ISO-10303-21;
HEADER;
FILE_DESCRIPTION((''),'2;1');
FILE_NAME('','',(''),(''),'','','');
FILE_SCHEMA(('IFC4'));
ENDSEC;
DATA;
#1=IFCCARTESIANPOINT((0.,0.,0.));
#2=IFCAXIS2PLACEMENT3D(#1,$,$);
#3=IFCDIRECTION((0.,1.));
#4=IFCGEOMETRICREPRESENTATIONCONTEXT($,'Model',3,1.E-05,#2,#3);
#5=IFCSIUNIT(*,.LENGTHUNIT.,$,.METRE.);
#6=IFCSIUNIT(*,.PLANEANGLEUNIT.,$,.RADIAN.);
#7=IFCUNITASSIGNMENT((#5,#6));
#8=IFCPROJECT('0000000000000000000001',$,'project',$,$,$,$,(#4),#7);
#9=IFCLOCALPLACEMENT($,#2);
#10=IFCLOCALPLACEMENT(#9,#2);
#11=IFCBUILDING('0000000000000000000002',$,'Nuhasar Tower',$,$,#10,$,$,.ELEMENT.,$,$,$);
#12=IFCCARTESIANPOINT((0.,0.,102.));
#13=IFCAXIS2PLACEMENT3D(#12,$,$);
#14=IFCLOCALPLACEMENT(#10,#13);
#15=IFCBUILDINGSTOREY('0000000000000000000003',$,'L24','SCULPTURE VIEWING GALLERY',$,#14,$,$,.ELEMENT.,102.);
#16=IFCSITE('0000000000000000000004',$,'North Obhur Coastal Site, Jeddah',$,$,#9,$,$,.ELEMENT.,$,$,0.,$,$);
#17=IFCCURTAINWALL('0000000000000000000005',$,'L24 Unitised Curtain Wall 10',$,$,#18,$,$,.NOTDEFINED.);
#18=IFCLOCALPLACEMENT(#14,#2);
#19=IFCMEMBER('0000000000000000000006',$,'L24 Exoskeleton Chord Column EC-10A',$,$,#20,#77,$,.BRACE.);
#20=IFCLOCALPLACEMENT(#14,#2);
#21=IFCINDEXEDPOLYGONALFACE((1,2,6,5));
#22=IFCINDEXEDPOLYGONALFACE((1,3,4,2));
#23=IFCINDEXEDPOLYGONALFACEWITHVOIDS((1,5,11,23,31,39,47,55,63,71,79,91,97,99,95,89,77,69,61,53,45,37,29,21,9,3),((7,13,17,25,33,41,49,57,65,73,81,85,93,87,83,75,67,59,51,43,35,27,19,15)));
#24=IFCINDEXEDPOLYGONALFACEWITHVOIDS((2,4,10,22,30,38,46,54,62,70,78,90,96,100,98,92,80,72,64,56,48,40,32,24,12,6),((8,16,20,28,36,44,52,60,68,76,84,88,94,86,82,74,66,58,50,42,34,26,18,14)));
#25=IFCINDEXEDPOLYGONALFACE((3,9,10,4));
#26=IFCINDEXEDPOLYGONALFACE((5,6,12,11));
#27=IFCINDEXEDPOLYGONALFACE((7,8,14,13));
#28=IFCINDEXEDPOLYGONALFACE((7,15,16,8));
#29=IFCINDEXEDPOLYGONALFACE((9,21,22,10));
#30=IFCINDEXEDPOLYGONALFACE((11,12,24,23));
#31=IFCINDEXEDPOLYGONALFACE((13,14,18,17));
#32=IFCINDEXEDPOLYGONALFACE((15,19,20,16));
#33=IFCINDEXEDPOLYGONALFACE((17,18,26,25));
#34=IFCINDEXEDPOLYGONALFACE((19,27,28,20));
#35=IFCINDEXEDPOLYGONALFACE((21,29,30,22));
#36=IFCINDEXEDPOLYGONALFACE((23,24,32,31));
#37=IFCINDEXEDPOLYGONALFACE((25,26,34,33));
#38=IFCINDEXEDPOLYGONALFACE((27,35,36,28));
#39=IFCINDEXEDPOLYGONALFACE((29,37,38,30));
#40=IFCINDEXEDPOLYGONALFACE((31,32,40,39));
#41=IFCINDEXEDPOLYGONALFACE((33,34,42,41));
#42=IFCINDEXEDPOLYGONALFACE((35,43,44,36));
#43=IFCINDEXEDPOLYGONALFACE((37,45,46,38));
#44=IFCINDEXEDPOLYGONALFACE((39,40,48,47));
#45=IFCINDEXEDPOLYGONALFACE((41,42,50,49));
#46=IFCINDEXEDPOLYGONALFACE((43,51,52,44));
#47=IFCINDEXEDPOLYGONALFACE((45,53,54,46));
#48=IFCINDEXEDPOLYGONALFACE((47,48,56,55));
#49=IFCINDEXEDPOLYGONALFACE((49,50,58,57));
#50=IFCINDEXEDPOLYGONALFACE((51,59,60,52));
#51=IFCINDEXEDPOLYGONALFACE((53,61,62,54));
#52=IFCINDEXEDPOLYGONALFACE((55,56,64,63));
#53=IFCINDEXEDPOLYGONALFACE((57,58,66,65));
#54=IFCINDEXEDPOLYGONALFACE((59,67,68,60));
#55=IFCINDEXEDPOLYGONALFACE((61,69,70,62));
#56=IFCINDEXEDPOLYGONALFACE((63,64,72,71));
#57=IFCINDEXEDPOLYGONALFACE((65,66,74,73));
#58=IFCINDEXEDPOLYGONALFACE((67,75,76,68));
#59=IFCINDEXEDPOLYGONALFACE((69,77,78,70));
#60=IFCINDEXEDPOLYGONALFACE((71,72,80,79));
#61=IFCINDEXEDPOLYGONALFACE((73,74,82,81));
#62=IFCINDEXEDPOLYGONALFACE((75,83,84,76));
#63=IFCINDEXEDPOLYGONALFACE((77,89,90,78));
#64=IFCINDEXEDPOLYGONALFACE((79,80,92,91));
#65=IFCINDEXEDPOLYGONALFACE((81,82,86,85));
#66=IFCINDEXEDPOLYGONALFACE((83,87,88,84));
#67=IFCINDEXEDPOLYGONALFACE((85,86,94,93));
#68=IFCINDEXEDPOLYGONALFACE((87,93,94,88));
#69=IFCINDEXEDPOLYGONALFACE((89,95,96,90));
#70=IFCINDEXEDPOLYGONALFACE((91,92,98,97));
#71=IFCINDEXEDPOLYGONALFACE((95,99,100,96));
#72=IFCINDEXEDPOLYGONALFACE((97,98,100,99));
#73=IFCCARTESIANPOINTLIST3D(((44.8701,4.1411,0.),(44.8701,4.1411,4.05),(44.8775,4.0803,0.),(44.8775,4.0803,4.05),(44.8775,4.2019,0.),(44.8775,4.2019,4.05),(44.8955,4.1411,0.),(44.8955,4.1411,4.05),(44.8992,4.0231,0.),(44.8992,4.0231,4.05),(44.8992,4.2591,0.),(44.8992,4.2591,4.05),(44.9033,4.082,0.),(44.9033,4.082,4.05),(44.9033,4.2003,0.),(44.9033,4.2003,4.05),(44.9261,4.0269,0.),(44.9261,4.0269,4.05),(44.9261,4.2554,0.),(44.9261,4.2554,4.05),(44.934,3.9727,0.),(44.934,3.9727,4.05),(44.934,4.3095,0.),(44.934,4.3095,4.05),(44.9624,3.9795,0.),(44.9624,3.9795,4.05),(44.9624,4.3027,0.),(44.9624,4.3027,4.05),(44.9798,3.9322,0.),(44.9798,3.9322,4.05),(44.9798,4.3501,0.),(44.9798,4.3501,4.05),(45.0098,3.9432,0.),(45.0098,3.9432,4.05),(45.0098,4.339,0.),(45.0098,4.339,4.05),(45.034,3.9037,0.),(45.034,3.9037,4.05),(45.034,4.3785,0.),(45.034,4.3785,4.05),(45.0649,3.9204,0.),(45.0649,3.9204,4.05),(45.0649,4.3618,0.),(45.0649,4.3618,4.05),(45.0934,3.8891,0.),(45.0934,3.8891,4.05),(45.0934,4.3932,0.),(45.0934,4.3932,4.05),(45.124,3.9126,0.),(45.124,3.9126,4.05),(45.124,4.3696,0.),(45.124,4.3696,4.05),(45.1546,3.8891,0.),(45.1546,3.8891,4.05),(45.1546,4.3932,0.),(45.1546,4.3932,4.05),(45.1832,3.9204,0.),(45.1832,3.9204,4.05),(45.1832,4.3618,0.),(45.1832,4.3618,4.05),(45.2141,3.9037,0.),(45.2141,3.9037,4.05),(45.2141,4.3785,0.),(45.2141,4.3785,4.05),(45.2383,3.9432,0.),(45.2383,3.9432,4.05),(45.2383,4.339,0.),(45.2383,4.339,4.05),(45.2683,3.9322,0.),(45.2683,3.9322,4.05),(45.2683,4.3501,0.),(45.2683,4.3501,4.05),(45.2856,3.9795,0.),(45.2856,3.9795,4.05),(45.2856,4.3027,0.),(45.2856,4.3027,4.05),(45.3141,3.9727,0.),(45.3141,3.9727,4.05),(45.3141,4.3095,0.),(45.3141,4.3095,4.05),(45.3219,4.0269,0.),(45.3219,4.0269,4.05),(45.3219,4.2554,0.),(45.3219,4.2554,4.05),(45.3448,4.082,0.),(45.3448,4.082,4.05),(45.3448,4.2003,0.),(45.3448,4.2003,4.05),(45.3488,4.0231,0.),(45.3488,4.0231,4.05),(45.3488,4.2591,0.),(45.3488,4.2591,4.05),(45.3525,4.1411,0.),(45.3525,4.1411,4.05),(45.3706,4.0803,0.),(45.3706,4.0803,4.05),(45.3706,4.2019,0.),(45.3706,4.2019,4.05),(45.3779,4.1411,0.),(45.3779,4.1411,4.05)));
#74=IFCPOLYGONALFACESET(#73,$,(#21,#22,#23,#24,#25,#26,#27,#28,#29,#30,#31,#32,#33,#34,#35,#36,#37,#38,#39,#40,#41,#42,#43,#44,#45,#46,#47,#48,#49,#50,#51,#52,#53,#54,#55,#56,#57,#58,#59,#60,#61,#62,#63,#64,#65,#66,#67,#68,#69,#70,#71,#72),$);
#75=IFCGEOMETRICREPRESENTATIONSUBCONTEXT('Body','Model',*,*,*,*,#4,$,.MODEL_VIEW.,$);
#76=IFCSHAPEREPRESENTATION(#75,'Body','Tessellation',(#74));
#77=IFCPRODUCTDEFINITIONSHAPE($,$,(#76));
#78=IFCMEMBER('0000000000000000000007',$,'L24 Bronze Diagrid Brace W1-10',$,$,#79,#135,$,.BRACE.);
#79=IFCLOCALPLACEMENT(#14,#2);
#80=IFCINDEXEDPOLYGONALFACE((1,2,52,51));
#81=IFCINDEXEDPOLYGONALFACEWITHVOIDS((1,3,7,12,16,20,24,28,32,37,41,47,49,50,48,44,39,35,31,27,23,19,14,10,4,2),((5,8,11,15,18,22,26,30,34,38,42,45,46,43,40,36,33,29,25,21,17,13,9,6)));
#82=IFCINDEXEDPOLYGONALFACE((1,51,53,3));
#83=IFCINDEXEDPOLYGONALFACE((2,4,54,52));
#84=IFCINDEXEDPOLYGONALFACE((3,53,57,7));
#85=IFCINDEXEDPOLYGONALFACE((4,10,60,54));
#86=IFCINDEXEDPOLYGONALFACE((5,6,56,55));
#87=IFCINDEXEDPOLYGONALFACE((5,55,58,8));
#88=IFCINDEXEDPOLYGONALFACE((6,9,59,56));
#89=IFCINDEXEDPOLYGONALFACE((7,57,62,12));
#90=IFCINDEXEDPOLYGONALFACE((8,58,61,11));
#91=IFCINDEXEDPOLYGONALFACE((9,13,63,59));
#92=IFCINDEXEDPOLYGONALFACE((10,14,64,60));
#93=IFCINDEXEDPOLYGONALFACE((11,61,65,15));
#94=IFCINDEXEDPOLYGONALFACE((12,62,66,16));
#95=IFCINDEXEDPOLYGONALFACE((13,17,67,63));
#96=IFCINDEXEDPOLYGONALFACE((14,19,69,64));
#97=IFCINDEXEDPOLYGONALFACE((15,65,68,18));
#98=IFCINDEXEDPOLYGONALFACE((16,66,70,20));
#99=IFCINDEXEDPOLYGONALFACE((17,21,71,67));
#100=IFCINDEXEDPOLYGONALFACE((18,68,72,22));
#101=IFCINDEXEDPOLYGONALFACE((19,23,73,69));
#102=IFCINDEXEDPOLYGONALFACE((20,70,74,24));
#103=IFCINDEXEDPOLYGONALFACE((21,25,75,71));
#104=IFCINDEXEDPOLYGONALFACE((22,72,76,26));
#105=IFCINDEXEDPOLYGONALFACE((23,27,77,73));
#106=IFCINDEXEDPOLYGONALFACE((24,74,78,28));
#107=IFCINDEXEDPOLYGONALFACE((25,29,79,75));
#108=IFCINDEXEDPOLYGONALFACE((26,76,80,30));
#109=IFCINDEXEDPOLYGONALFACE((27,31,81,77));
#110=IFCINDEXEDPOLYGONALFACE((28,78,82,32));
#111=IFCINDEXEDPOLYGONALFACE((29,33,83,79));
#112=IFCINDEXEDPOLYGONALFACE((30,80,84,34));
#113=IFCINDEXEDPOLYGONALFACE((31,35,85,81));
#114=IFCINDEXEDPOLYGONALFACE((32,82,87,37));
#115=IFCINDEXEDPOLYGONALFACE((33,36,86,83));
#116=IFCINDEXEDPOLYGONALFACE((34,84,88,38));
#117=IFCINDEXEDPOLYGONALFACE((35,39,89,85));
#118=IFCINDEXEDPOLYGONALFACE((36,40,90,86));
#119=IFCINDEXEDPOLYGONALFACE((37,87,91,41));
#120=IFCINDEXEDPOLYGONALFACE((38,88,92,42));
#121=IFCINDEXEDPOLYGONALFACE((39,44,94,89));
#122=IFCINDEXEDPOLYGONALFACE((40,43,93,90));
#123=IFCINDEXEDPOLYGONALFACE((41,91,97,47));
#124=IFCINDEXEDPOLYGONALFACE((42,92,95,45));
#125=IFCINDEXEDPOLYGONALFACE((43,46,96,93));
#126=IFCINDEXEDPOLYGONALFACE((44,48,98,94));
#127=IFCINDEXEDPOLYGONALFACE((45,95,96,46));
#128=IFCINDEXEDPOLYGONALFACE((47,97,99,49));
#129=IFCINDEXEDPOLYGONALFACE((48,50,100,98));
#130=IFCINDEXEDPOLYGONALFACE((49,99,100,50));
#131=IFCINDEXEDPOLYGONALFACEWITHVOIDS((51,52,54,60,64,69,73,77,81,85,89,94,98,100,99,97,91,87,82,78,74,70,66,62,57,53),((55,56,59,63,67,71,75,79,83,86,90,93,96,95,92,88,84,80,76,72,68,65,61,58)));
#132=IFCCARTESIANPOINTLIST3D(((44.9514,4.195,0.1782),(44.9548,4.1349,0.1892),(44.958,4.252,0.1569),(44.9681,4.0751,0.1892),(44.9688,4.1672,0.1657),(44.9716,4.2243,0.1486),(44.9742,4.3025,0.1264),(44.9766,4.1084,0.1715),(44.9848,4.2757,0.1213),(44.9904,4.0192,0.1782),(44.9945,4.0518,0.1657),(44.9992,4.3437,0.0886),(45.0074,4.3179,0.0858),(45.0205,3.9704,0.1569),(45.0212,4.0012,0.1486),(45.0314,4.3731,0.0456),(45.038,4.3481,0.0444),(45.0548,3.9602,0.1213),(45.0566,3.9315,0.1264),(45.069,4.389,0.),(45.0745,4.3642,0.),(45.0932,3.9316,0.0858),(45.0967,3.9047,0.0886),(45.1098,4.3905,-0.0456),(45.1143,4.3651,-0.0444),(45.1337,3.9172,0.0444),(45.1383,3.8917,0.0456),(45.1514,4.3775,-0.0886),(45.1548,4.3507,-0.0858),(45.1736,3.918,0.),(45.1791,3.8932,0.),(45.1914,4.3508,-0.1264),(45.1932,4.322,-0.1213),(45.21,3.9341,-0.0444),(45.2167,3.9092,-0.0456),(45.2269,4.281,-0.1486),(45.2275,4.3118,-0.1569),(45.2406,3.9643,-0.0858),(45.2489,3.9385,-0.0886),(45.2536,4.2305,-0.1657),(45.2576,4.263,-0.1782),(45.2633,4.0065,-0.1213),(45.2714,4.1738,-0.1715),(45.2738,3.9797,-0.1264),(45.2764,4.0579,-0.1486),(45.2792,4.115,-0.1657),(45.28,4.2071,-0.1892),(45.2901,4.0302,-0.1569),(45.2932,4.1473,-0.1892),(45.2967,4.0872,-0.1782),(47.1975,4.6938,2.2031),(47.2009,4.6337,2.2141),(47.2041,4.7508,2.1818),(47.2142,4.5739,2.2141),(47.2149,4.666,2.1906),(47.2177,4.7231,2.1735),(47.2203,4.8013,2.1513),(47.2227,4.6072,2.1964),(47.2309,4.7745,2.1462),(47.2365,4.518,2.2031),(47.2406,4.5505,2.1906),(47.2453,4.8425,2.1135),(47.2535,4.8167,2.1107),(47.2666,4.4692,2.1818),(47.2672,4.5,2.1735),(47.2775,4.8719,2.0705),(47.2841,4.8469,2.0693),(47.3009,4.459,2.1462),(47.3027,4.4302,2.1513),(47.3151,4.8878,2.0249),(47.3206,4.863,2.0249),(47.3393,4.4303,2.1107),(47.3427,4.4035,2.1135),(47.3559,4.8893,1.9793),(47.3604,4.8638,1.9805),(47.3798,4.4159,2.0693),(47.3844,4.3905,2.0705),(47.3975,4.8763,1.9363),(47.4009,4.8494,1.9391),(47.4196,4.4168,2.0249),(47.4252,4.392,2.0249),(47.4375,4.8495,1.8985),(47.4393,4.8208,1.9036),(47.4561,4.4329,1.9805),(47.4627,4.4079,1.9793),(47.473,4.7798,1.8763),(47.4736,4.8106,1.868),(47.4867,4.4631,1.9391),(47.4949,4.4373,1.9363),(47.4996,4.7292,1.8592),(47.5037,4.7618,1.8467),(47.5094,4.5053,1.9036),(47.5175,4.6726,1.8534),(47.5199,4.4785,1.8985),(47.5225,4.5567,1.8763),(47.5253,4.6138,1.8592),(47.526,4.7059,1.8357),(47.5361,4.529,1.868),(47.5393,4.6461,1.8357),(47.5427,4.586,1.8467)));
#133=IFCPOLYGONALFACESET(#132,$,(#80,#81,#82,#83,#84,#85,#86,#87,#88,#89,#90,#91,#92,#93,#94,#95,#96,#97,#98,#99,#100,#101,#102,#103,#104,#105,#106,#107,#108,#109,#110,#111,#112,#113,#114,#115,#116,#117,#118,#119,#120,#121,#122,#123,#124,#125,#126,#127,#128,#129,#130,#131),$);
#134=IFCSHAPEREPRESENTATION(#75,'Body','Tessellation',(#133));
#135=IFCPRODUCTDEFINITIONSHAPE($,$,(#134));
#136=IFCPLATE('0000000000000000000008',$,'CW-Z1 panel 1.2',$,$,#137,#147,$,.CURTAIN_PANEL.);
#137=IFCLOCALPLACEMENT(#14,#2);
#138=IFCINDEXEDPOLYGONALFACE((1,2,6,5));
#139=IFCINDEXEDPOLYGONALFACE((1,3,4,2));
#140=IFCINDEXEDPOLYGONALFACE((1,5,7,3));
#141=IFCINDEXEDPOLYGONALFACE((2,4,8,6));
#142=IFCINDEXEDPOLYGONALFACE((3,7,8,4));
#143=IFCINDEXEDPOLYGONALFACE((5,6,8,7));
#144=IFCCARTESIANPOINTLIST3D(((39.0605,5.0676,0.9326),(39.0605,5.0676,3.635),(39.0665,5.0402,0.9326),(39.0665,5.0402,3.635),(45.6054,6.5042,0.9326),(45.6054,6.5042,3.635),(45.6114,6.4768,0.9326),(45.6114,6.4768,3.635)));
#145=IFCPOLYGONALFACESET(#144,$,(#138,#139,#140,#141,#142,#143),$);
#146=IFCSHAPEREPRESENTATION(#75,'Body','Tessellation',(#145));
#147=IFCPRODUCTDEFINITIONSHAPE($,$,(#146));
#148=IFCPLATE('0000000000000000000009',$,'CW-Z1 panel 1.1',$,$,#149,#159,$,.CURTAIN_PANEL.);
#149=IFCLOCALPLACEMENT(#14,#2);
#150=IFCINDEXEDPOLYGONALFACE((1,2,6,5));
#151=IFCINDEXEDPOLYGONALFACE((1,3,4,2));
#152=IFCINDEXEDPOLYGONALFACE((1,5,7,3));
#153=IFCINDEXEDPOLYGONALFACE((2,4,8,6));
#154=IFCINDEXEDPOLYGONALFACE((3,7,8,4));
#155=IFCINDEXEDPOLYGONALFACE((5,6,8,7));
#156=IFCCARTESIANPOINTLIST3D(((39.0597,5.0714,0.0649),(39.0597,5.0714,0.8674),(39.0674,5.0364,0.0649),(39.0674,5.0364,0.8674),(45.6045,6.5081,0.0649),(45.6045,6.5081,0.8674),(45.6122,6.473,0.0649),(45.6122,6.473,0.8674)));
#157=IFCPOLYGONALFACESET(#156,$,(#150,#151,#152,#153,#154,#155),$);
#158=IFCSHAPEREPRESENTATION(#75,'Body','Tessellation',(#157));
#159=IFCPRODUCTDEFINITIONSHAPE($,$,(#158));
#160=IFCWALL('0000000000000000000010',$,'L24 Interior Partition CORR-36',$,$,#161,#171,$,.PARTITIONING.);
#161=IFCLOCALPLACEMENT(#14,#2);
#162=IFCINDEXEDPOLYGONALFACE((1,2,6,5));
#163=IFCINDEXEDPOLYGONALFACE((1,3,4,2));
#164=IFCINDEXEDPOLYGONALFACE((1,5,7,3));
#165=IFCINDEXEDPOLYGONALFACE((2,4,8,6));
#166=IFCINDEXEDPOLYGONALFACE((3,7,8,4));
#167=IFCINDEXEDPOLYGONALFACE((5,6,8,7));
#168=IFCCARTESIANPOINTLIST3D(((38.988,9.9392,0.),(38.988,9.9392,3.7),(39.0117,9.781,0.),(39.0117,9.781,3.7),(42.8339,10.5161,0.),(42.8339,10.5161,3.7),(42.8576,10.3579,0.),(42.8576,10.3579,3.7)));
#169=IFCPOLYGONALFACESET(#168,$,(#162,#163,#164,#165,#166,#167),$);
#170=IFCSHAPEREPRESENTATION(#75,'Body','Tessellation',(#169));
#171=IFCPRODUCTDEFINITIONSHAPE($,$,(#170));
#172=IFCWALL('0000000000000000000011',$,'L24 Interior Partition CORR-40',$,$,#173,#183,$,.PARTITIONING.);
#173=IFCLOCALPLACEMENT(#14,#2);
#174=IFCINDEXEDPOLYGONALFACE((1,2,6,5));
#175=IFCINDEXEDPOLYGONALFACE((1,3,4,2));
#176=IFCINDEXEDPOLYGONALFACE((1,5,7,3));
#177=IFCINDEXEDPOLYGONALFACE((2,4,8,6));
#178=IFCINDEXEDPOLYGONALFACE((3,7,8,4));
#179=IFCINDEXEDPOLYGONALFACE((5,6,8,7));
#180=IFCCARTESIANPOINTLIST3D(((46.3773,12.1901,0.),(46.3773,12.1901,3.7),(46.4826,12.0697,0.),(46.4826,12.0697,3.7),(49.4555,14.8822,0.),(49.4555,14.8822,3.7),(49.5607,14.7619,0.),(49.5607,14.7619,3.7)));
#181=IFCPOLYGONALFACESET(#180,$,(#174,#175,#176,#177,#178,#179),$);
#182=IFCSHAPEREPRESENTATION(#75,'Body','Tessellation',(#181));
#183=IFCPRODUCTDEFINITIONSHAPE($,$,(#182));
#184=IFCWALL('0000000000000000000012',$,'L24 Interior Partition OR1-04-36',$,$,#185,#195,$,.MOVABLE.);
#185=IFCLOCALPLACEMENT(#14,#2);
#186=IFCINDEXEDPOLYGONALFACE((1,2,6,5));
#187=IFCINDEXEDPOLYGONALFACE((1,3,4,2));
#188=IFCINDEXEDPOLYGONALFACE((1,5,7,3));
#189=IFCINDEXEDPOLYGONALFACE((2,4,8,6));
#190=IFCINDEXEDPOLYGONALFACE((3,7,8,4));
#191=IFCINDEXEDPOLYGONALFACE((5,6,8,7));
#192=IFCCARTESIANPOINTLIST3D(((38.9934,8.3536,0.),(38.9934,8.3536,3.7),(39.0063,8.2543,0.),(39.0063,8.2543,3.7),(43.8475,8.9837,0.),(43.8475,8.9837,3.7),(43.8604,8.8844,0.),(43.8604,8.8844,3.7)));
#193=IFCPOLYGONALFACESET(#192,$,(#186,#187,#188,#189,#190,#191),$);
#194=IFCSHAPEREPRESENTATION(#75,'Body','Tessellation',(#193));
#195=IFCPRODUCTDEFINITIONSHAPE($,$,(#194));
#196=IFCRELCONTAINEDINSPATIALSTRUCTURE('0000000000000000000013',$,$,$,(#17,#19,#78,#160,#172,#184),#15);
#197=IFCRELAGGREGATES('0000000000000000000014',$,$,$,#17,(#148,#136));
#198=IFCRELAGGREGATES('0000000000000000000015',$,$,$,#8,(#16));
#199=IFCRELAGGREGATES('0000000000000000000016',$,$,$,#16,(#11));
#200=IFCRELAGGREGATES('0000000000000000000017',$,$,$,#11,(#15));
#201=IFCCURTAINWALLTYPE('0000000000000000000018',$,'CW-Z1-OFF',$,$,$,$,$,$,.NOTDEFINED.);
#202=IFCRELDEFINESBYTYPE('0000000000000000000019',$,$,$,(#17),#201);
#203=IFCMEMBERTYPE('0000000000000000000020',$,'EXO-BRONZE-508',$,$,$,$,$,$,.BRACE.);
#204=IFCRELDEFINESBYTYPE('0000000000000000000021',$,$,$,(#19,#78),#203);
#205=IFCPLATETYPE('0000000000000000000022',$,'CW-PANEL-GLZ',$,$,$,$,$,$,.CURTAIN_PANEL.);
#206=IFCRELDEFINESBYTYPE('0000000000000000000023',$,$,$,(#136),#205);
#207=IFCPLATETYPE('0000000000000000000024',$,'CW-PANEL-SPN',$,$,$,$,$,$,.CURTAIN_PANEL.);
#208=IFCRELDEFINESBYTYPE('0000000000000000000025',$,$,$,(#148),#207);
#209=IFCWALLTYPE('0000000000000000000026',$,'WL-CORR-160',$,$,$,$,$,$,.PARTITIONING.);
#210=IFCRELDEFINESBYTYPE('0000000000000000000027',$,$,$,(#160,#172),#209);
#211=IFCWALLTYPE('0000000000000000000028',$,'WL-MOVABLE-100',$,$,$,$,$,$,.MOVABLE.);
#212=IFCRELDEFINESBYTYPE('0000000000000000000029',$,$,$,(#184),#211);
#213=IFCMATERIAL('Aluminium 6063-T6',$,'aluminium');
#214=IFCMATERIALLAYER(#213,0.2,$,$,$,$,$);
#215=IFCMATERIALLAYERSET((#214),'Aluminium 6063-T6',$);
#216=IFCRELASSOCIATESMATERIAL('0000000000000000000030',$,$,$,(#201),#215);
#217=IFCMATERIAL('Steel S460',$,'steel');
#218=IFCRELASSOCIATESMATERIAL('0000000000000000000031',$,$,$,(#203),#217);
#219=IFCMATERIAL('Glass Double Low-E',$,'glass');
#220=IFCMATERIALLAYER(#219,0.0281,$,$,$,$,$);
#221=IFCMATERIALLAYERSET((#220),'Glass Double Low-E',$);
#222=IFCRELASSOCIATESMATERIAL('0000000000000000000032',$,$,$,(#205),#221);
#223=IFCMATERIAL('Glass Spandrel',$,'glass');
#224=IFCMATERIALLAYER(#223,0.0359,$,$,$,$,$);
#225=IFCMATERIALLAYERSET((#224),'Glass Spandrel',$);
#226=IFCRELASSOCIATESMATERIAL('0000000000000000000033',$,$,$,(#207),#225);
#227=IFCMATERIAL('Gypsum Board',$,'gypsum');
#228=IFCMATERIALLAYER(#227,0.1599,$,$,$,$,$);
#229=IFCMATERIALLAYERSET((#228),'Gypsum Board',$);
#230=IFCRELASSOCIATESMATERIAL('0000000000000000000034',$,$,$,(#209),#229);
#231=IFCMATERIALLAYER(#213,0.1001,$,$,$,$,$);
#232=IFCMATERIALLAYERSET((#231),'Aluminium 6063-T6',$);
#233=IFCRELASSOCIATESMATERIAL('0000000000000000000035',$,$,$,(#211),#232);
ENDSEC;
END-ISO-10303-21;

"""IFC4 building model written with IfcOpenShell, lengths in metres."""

from ifc_helpers import new_model, si_unit, direction, frame, frame_2d, origin, origin_2d, place, context, subcontext, project, spatial, rectangle, hollow_circle, extrude, material, layer, layer_set, material_profile, profile_set, type_object, element, aggregate, save


model = new_model("IFC4")

# Units and contexts
model_context = context("Model", 3, precision=1e-05, world=origin(), true_north=direction((0.0, 1.0)))
body_context = subcontext(model_context, "Body", "Model", "MODEL_VIEW")
ifc_project = project(units=[si_unit("LENGTHUNIT", "METRE"), si_unit("PLANEANGLEUNIT", "RADIAN")], contexts=[model_context])

# Site, building, storey
site_placement = place(None, origin())
site = spatial("IfcSite", under=ifc_project, at=site_placement, Name="North Obhur Coastal Site, Jeddah", CompositionType="ELEMENT", RefElevation=0.0)
building_placement = place(site_placement, origin())
building = spatial("IfcBuilding", under=site, at=building_placement, Name="Nuhasar Tower", CompositionType="ELEMENT")
storey_placement = place(building_placement, frame((0.0, 0.0, 102.0)))
storey = spatial("IfcBuildingStorey", under=building, at=storey_placement, Name="L24", Description="SCULPTURE VIEWING GALLERY", CompositionType="ELEMENT", Elevation=102.0)

# Curtain wall
ifc_material_1 = material(Name="Aluminium 6063-T6", Category="aluminium")
ifc_layer_1 = layer(ifc_material_1, 0.2)
ifc_layer_set_1 = layer_set([ifc_layer_1], Name="Aluminium 6063-T6")
curtain_wall_type = type_object("IfcCurtainWallType", Name="CW-Z1-OFF", PredefinedType="NOTDEFINED", material=ifc_layer_set_1)
curtain_wall_placement = place(storey_placement, origin())
curtain_wall = element("IfcCurtainWall", 1, at=curtain_wall_placement, inside=storey, type_object=curtain_wall_type, Name="L24 Unitised Curtain Wall 10", PredefinedType="NOTDEFINED")

# Members
ifc_material_2 = material(Name="Steel S460", Category="steel")
ifc_material_profile_1 = material_profile(ifc_material_2, hollow_circle(Radius=0.2539, WallThickness=0.0254, at=origin_2d()), Name="HSS508X25.4")
ifc_profile_set_1 = profile_set([ifc_material_profile_1], Name="Steel S460")
member_type_1 = type_object("IfcMemberType", Name="EXO-BRONZE-508", PredefinedType="BRACE", material=ifc_profile_set_1)
member_1_placement = place(storey_placement, frame((45.124, 4.1411, 0.0), z_axis=(0.0, 0.0, 1.0), x_axis=(1.0, 0.0, 0.0)))
element("IfcMember", 2, at=member_1_placement, inside=storey, type_object=member_type_1, Name="L24 Exoskeleton Chord Column EC-10A", PredefinedType="BRACE", context=body_context, shape_type="SweptSolid", body=[
    extrude(hollow_circle(Radius=0.2539, WallThickness=0.0254, at=origin_2d()), origin(), (0.0, 0.0, 1.0), 4.05),
])
member_2_placement = place(storey_placement, frame((45.124, 4.1411, 0.0), z_axis=(0.732831, 0.162736, 0.660663), x_axis=(-0.216784, 0.97622, 0.0)))
element("IfcMember", 3, at=member_2_placement, inside=storey, type_object=member_type_1, Name="L24 Bronze Diagrid Brace W1-10", PredefinedType="BRACE", context=body_context, shape_type="SweptSolid", body=[
    extrude(hollow_circle(Radius=0.2539, WallThickness=0.0254, at=origin_2d()), origin(), (0.0, 0.0, 1.0), 3.0649),
])

# Plates
ifc_material_3 = material(Name="Glass Double Low-E", Category="glass")
ifc_layer_2 = layer(ifc_material_3, 0.0281)
ifc_layer_set_2 = layer_set([ifc_layer_2], Name="Glass Double Low-E")
plate_type_1 = type_object("IfcPlateType", Name="CW-PANEL-GLZ", PredefinedType="CURTAIN_PANEL", material=ifc_layer_set_2)
plate_1_placement = place(storey_placement, frame((42.3359, 5.7722, 0.9326), z_axis=(0.0, 0.0, 1.0), x_axis=(0.976746, 0.214399, 0.0)))
plate_1 = element("IfcPlate", 4, at=plate_1_placement, type_object=plate_type_1, Name="CW-Z1 panel 1.2", PredefinedType="CURTAIN_PANEL", context=body_context, shape_type="SweptSolid", body=[
    extrude(rectangle(XDim=6.7007, YDim=0.0281, at=origin_2d()), origin(), (0.0, 0.0, 1.0), 2.7024),
])
ifc_material_4 = material(Name="Glass Spandrel", Category="glass")
ifc_layer_3 = layer(ifc_material_4, 0.0359)
ifc_layer_set_3 = layer_set([ifc_layer_3], Name="Glass Spandrel")
plate_type_2 = type_object("IfcPlateType", Name="CW-PANEL-SPN", PredefinedType="CURTAIN_PANEL", material=ifc_layer_set_3)
plate_2_placement = place(storey_placement, frame((42.3359, 5.7722, 0.0649), z_axis=(0.0, 0.0, 1.0), x_axis=(0.976746, 0.214399, 0.0)))
plate_2 = element("IfcPlate", 5, at=plate_2_placement, type_object=plate_type_2, Name="CW-Z1 panel 1.1", PredefinedType="CURTAIN_PANEL", context=body_context, shape_type="SweptSolid", body=[
    extrude(rectangle(XDim=6.7007, YDim=0.0359, at=origin_2d()), origin(), (0.0, 0.0, 1.0), 0.8025),
])
aggregate(curtain_wall, [plate_2, plate_1])

# Wall
ifc_material_5 = material(Name="Gypsum Board", Category="gypsum")
ifc_layer_4 = layer(ifc_material_5, 0.1599)
ifc_layer_set_4 = layer_set([ifc_layer_4], Name="Gypsum Board")
wall_type_1 = type_object("IfcWallType", Name="WL-CORR-160", PredefinedType="PARTITIONING", material=ifc_layer_set_4)
wall_1_placement = place(storey_placement, frame((39.0, 9.8601, 0.0), z_axis=(0.0, 0.0, 1.0), x_axis=(0.988936, 0.148344, 0.0)))
element("IfcWall", 6, at=wall_1_placement, inside=storey, type_object=wall_type_1, Name="L24 Interior Partition CORR-36", PredefinedType="PARTITIONING", context=body_context, shape_type="SweptSolid", body=[
    extrude(rectangle(XDim=3.8889, YDim=0.1599, at=frame_2d((1.9443, 0.0))), origin(), (0.0, 0.0, 1.0), 3.7),
])

# Walls
wall_2_placement = place(storey_placement, frame((46.4299, 12.1299, 0.0), z_axis=(0.0, 0.0, 1.0), x_axis=(0.752725, 0.658336, 0.0)))
element("IfcWall", 7, at=wall_2_placement, inside=storey, type_object=wall_type_1, Name="L24 Interior Partition CORR-40", PredefinedType="PARTITIONING", context=body_context, shape_type="SweptSolid", body=[
    extrude(rectangle(XDim=4.0894, YDim=0.1599, at=frame_2d((2.0447, 0.0))), origin(), (0.0, 0.0, 1.0), 3.7),
])
ifc_layer_5 = layer(ifc_material_1, 0.1001)
ifc_layer_set_5 = layer_set([ifc_layer_5], Name="Aluminium 6063-T6")
wall_type_2 = type_object("IfcWallType", Name="WL-MOVABLE-100", PredefinedType="MOVABLE", material=ifc_layer_set_5)
wall_3_placement = place(storey_placement, frame((39.0, 8.304, 0.0), z_axis=(0.0, 0.0, 1.0), x_axis=(0.991679, 0.128736, 0.0)))
element("IfcWall", 8, at=wall_3_placement, inside=storey, type_object=wall_type_2, Name="L24 Interior Partition OR1-04-36", PredefinedType="MOVABLE", context=body_context, shape_type="SweptSolid", body=[
    extrude(rectangle(XDim=4.8948, YDim=0.1001, at=frame_2d((2.4473, 0.0))), origin(), (0.0, 0.0, 1.0), 3.7),
])

save(model, "model.ifc")
